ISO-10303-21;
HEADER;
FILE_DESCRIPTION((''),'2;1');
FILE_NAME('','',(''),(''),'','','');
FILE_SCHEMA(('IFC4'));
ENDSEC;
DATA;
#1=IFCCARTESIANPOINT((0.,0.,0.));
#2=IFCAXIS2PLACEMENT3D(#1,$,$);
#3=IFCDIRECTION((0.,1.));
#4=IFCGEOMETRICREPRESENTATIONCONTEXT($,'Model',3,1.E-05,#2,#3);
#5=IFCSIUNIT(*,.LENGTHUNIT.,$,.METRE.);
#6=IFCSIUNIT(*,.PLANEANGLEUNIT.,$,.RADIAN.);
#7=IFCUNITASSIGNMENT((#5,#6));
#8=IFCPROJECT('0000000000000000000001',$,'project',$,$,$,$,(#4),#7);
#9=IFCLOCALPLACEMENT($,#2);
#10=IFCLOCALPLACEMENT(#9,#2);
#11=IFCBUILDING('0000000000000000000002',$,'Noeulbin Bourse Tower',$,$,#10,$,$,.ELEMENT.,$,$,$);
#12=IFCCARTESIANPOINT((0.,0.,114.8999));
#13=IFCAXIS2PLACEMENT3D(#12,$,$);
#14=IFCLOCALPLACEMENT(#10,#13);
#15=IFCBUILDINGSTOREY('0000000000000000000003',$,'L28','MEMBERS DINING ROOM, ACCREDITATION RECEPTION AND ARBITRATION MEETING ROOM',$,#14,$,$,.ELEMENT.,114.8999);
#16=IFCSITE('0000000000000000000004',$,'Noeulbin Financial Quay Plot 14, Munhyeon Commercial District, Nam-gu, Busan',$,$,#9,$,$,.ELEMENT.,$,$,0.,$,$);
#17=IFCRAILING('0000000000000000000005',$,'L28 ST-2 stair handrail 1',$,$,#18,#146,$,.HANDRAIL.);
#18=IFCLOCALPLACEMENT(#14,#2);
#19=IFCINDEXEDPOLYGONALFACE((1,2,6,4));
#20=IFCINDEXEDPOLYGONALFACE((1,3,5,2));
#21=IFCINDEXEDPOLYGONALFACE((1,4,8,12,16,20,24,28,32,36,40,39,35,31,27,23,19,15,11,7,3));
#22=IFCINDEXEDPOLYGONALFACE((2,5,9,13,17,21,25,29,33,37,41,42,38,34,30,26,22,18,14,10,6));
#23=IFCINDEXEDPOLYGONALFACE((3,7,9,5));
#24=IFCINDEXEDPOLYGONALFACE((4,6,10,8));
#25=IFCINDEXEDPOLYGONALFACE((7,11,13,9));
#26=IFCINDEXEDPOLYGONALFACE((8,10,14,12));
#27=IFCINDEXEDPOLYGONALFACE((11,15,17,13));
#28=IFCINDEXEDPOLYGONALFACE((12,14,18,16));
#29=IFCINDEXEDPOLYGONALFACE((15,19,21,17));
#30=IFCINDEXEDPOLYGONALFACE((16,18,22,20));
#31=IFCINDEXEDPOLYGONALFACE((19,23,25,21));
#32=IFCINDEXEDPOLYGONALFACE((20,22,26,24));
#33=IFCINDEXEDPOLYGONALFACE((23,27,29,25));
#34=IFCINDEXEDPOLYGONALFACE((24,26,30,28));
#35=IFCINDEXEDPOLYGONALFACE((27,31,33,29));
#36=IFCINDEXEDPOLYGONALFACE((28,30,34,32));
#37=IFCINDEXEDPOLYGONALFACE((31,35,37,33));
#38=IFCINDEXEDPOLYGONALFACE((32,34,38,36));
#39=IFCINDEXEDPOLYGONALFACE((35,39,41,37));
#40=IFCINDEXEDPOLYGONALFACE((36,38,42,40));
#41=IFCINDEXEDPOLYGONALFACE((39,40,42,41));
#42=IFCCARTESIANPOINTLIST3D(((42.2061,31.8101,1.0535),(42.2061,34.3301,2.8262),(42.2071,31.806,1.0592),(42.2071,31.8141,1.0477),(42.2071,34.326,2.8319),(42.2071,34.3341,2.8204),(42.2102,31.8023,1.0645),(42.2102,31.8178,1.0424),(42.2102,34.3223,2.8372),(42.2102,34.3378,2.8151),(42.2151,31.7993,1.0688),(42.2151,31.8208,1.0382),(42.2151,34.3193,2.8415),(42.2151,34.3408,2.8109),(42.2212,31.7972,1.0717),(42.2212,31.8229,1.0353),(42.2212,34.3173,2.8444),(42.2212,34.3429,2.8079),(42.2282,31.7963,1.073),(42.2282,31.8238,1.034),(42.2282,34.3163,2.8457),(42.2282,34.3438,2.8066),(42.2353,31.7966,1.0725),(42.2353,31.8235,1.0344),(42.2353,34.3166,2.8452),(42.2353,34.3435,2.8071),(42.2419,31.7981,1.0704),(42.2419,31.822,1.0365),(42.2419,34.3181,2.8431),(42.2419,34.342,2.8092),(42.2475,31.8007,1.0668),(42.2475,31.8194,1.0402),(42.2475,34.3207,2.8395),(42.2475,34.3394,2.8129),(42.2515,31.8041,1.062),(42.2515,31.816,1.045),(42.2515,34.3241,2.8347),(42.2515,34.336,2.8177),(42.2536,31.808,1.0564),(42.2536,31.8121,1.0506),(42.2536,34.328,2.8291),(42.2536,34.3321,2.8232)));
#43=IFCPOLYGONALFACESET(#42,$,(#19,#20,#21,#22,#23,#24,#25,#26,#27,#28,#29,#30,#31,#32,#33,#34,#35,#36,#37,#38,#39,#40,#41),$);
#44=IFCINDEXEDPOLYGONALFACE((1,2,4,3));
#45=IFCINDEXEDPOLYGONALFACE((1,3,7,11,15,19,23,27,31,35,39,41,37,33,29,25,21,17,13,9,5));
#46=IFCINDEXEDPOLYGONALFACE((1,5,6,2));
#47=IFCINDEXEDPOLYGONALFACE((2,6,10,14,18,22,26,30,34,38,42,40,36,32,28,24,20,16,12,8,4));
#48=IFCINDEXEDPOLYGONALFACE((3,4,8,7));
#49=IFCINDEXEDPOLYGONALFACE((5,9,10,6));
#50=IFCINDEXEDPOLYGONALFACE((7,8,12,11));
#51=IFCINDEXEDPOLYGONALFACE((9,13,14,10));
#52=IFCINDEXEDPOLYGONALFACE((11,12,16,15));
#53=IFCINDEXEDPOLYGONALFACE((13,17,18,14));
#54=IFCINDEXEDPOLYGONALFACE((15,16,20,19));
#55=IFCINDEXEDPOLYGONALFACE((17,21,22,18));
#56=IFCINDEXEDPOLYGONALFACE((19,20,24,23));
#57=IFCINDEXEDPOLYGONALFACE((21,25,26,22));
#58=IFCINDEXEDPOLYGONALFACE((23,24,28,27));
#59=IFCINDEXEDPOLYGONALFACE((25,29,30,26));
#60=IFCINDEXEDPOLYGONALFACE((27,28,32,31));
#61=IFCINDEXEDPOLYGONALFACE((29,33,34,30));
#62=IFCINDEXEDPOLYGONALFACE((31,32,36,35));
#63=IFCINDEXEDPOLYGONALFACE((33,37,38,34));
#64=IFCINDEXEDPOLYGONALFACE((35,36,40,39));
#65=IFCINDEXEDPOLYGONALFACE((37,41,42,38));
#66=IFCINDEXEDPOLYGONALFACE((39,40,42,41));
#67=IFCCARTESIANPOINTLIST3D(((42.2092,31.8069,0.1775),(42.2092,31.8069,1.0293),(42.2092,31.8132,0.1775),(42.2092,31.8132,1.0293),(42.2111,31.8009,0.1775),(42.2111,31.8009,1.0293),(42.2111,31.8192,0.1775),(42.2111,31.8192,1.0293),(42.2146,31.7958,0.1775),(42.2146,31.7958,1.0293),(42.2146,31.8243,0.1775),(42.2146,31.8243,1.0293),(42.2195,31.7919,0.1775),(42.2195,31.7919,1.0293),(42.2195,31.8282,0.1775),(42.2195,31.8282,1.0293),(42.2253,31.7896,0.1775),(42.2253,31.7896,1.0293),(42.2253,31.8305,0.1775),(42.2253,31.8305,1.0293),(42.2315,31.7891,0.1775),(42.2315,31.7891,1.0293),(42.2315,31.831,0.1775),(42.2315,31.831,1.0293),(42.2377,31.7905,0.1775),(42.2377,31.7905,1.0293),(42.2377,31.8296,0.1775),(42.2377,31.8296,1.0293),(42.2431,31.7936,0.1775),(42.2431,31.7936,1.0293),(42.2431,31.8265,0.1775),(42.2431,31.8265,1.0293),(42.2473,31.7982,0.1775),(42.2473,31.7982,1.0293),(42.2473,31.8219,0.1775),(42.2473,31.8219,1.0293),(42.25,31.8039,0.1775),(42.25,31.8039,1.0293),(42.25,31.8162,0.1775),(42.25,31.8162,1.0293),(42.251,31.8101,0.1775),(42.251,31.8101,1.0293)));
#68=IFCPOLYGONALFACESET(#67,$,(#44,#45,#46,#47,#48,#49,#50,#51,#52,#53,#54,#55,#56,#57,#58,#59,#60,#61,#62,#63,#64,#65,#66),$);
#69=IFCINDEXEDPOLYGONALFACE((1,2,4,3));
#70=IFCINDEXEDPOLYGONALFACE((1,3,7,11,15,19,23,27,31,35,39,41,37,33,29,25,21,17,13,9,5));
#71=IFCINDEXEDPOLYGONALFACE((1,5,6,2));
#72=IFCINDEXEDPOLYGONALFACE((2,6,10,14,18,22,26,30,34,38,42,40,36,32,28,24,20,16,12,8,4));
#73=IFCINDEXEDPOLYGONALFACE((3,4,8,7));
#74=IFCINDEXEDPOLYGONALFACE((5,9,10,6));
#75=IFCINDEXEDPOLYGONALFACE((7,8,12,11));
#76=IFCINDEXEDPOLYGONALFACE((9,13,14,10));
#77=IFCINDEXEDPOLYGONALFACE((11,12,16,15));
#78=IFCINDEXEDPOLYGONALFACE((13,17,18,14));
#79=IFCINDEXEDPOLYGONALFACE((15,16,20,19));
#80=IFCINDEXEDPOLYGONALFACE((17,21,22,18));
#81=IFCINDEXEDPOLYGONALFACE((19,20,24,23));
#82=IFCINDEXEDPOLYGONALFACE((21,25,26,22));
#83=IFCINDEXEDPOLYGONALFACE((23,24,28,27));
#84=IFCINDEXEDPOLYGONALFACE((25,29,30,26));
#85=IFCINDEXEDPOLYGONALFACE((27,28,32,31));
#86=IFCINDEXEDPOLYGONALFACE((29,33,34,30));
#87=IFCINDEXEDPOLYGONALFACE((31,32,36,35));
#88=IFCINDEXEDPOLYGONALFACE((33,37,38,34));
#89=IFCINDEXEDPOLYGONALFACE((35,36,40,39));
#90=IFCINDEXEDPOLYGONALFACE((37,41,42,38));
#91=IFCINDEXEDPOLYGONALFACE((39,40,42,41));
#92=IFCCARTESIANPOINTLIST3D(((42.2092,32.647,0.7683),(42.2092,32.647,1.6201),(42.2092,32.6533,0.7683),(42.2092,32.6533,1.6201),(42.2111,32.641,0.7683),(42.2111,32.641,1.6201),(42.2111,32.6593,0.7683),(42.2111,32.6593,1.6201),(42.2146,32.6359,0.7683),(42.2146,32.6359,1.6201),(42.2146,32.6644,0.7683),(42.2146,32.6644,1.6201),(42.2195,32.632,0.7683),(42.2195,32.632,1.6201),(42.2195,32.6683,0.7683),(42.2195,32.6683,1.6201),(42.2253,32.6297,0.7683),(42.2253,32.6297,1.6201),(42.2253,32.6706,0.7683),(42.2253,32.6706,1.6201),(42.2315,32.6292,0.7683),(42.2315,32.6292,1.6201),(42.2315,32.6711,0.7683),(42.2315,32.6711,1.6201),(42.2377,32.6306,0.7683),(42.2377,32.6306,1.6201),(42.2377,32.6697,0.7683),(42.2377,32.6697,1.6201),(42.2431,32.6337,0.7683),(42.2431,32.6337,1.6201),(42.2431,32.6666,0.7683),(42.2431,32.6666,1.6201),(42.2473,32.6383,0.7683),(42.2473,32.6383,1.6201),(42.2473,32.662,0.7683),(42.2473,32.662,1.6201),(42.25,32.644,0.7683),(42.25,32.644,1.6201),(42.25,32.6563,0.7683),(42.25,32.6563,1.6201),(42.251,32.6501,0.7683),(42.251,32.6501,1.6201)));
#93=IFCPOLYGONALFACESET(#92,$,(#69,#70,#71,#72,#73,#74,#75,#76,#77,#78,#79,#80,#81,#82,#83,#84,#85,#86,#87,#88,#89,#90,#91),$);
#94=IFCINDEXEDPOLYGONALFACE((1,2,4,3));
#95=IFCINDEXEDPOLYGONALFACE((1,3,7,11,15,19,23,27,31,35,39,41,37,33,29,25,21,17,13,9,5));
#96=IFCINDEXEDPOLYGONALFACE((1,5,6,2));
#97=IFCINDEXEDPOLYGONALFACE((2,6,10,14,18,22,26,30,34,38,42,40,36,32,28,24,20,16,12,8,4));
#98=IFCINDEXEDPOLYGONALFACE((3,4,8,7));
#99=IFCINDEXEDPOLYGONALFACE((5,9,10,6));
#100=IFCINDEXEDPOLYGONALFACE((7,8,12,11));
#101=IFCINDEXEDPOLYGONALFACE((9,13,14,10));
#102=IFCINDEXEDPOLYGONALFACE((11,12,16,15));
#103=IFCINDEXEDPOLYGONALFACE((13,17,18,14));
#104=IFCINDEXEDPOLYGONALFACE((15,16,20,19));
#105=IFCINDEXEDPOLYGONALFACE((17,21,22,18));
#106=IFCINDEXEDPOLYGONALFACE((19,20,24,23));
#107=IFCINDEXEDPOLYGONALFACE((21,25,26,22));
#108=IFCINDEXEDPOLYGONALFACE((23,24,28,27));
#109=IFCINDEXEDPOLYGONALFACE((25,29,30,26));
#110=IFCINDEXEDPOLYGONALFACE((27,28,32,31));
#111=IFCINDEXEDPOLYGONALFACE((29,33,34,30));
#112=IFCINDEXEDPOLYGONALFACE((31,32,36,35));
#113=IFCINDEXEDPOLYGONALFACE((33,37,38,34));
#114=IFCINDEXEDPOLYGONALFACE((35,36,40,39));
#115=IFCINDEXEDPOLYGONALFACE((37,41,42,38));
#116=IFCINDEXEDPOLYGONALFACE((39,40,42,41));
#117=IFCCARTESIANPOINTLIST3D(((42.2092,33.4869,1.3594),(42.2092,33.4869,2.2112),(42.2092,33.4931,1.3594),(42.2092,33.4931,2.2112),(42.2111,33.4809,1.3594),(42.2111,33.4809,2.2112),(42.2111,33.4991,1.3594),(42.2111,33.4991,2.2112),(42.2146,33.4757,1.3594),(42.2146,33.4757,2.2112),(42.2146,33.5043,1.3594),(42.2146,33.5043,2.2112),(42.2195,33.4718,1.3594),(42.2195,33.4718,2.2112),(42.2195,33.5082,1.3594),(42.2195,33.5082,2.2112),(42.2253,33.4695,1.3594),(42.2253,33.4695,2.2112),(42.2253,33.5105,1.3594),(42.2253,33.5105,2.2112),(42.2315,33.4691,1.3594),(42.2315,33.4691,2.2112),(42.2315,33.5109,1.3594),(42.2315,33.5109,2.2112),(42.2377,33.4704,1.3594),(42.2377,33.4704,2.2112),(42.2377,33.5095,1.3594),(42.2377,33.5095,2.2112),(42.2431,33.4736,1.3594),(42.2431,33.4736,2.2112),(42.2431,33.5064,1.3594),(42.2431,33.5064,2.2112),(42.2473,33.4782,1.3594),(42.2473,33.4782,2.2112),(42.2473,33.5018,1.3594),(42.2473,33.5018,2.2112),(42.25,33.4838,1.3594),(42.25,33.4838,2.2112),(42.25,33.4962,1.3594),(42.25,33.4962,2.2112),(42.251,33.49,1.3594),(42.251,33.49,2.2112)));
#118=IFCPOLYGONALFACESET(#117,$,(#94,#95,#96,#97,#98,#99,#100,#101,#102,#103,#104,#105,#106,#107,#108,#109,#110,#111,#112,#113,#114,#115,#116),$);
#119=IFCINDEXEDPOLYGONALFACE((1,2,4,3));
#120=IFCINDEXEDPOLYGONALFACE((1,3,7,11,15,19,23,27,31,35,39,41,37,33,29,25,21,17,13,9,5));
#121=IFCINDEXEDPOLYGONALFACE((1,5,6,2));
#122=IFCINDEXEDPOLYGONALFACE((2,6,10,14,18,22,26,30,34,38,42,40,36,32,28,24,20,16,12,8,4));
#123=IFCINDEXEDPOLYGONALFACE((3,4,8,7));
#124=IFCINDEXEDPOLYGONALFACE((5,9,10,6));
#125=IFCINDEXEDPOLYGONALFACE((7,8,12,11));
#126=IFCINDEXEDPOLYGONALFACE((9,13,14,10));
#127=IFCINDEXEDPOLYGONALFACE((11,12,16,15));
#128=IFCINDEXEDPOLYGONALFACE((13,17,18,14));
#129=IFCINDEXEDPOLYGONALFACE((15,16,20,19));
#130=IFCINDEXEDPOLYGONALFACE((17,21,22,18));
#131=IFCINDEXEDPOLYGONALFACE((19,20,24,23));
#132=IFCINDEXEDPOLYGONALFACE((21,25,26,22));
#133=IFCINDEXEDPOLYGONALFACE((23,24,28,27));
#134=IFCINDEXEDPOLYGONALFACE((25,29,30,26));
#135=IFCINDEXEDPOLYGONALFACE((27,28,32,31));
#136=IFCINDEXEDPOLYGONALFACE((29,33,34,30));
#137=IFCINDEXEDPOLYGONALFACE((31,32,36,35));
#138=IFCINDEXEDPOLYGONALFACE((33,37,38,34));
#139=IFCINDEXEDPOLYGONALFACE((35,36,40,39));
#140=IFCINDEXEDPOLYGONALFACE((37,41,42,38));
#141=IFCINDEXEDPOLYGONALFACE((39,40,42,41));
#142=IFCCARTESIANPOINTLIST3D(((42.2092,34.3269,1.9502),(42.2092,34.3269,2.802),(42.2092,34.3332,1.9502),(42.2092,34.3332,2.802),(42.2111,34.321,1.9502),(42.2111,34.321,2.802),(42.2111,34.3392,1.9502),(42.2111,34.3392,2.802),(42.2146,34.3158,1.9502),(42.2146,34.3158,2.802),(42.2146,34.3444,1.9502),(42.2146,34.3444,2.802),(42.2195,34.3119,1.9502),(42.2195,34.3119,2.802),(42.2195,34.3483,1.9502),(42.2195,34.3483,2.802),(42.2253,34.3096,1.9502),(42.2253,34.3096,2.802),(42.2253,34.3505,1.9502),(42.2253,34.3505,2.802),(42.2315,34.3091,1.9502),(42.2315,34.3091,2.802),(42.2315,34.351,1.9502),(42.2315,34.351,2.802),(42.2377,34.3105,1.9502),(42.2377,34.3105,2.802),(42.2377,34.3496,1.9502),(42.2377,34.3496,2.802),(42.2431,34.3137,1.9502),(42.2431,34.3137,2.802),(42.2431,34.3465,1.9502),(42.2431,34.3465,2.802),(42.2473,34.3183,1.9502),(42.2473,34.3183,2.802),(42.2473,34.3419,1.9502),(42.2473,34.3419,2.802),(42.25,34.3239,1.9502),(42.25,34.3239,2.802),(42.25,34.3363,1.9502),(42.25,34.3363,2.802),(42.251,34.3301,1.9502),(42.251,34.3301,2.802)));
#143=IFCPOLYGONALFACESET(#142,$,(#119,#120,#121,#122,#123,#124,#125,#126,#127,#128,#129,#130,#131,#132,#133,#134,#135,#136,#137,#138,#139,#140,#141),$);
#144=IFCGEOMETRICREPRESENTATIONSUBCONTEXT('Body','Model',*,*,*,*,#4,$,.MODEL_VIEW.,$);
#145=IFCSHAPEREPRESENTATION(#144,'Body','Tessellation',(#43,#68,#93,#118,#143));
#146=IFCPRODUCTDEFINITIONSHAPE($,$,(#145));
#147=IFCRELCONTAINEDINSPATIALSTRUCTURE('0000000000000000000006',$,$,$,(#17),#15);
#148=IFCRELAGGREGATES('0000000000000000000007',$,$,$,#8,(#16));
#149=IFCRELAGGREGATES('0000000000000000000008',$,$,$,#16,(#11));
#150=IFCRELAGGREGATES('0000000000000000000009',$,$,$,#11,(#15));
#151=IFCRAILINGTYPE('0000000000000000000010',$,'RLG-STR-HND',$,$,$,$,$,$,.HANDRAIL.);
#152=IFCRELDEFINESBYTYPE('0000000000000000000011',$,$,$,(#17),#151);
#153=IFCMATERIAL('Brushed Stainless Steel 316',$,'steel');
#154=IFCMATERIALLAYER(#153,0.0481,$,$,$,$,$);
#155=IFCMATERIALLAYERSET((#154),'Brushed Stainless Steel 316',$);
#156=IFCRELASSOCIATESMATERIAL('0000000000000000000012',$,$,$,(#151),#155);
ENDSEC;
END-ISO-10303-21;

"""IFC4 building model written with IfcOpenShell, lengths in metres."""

from ifc_helpers import new_model, si_unit, direction, frame, origin, origin_2d, place, context, subcontext, project, spatial, circle, extrude, material, layer, layer_set, type_object, element, save


model = new_model("IFC4")

# Units and contexts
model_context = context("Model", 3, precision=1e-05, world=origin(), true_north=direction((0.0, 1.0)))
body_context = subcontext(model_context, "Body", "Model", "MODEL_VIEW")
ifc_project = project(units=[si_unit("LENGTHUNIT", "METRE"), si_unit("PLANEANGLEUNIT", "RADIAN")], contexts=[model_context])

# Site, building, storey
site_placement = place(None, origin())
site = spatial("IfcSite", under=ifc_project, at=site_placement, Name="Noeulbin Financial Quay Plot 14, Munhyeon Commercial District, Nam-gu, Busan", CompositionType="ELEMENT", RefElevation=0.0)
building_placement = place(site_placement, origin())
building = spatial("IfcBuilding", under=site, at=building_placement, Name="Noeulbin Bourse Tower", CompositionType="ELEMENT")
storey_placement = place(building_placement, frame((0.0, 0.0, 114.8999)))
storey = spatial("IfcBuildingStorey", under=building, at=storey_placement, Name="L28", Description="MEMBERS DINING ROOM, ACCREDITATION RECEPTION AND ARBITRATION MEETING ROOM", CompositionType="ELEMENT", Elevation=114.8999)

# Railing
ifc_material_1 = material(Name="Brushed Stainless Steel 316", Category="steel")
ifc_layer_1 = layer(ifc_material_1, 0.0481)
ifc_layer_set_1 = layer_set([ifc_layer_1], Name="Brushed Stainless Steel 316")
railing_type_1 = type_object("IfcRailingType", Name="RLG-STR-HND", PredefinedType="HANDRAIL", material=ifc_layer_set_1)
railing_1_placement = place(storey_placement, frame((42.23, 31.8101, 0.1775)))
element("IfcRailing", 1, at=railing_1_placement, inside=storey, type_object=railing_type_1, Name="L28 ST-2 stair handrail 1", PredefinedType="HANDRAIL", context=body_context, shape_type="SweptSolid", body=[
    extrude(circle(Radius=0.0239, at=origin_2d()), frame((0.0, 0.0, 0.876), z_axis=(0.0, 0.817904, 0.575354), x_axis=(-1.0, 0.0, 0.0)), (0.0, 0.0, 1.0), 3.0811),
    extrude(circle(Radius=0.021, at=origin_2d()), origin(), (0.0, 0.0, 1.0), 0.8518),
    extrude(circle(Radius=0.021, at=origin_2d()), frame((0.0, 0.8401, 0.5908)), (0.0, 0.0, 1.0), 0.8518),
    extrude(circle(Radius=0.021, at=origin_2d()), frame((0.0, 1.6799, 1.1819)), (0.0, 0.0, 1.0), 0.8518),
    extrude(circle(Radius=0.021, at=origin_2d()), frame((0.0, 2.52, 1.7727)), (0.0, 0.0, 1.0), 0.8518),
])

save(model, "model.ifc")
